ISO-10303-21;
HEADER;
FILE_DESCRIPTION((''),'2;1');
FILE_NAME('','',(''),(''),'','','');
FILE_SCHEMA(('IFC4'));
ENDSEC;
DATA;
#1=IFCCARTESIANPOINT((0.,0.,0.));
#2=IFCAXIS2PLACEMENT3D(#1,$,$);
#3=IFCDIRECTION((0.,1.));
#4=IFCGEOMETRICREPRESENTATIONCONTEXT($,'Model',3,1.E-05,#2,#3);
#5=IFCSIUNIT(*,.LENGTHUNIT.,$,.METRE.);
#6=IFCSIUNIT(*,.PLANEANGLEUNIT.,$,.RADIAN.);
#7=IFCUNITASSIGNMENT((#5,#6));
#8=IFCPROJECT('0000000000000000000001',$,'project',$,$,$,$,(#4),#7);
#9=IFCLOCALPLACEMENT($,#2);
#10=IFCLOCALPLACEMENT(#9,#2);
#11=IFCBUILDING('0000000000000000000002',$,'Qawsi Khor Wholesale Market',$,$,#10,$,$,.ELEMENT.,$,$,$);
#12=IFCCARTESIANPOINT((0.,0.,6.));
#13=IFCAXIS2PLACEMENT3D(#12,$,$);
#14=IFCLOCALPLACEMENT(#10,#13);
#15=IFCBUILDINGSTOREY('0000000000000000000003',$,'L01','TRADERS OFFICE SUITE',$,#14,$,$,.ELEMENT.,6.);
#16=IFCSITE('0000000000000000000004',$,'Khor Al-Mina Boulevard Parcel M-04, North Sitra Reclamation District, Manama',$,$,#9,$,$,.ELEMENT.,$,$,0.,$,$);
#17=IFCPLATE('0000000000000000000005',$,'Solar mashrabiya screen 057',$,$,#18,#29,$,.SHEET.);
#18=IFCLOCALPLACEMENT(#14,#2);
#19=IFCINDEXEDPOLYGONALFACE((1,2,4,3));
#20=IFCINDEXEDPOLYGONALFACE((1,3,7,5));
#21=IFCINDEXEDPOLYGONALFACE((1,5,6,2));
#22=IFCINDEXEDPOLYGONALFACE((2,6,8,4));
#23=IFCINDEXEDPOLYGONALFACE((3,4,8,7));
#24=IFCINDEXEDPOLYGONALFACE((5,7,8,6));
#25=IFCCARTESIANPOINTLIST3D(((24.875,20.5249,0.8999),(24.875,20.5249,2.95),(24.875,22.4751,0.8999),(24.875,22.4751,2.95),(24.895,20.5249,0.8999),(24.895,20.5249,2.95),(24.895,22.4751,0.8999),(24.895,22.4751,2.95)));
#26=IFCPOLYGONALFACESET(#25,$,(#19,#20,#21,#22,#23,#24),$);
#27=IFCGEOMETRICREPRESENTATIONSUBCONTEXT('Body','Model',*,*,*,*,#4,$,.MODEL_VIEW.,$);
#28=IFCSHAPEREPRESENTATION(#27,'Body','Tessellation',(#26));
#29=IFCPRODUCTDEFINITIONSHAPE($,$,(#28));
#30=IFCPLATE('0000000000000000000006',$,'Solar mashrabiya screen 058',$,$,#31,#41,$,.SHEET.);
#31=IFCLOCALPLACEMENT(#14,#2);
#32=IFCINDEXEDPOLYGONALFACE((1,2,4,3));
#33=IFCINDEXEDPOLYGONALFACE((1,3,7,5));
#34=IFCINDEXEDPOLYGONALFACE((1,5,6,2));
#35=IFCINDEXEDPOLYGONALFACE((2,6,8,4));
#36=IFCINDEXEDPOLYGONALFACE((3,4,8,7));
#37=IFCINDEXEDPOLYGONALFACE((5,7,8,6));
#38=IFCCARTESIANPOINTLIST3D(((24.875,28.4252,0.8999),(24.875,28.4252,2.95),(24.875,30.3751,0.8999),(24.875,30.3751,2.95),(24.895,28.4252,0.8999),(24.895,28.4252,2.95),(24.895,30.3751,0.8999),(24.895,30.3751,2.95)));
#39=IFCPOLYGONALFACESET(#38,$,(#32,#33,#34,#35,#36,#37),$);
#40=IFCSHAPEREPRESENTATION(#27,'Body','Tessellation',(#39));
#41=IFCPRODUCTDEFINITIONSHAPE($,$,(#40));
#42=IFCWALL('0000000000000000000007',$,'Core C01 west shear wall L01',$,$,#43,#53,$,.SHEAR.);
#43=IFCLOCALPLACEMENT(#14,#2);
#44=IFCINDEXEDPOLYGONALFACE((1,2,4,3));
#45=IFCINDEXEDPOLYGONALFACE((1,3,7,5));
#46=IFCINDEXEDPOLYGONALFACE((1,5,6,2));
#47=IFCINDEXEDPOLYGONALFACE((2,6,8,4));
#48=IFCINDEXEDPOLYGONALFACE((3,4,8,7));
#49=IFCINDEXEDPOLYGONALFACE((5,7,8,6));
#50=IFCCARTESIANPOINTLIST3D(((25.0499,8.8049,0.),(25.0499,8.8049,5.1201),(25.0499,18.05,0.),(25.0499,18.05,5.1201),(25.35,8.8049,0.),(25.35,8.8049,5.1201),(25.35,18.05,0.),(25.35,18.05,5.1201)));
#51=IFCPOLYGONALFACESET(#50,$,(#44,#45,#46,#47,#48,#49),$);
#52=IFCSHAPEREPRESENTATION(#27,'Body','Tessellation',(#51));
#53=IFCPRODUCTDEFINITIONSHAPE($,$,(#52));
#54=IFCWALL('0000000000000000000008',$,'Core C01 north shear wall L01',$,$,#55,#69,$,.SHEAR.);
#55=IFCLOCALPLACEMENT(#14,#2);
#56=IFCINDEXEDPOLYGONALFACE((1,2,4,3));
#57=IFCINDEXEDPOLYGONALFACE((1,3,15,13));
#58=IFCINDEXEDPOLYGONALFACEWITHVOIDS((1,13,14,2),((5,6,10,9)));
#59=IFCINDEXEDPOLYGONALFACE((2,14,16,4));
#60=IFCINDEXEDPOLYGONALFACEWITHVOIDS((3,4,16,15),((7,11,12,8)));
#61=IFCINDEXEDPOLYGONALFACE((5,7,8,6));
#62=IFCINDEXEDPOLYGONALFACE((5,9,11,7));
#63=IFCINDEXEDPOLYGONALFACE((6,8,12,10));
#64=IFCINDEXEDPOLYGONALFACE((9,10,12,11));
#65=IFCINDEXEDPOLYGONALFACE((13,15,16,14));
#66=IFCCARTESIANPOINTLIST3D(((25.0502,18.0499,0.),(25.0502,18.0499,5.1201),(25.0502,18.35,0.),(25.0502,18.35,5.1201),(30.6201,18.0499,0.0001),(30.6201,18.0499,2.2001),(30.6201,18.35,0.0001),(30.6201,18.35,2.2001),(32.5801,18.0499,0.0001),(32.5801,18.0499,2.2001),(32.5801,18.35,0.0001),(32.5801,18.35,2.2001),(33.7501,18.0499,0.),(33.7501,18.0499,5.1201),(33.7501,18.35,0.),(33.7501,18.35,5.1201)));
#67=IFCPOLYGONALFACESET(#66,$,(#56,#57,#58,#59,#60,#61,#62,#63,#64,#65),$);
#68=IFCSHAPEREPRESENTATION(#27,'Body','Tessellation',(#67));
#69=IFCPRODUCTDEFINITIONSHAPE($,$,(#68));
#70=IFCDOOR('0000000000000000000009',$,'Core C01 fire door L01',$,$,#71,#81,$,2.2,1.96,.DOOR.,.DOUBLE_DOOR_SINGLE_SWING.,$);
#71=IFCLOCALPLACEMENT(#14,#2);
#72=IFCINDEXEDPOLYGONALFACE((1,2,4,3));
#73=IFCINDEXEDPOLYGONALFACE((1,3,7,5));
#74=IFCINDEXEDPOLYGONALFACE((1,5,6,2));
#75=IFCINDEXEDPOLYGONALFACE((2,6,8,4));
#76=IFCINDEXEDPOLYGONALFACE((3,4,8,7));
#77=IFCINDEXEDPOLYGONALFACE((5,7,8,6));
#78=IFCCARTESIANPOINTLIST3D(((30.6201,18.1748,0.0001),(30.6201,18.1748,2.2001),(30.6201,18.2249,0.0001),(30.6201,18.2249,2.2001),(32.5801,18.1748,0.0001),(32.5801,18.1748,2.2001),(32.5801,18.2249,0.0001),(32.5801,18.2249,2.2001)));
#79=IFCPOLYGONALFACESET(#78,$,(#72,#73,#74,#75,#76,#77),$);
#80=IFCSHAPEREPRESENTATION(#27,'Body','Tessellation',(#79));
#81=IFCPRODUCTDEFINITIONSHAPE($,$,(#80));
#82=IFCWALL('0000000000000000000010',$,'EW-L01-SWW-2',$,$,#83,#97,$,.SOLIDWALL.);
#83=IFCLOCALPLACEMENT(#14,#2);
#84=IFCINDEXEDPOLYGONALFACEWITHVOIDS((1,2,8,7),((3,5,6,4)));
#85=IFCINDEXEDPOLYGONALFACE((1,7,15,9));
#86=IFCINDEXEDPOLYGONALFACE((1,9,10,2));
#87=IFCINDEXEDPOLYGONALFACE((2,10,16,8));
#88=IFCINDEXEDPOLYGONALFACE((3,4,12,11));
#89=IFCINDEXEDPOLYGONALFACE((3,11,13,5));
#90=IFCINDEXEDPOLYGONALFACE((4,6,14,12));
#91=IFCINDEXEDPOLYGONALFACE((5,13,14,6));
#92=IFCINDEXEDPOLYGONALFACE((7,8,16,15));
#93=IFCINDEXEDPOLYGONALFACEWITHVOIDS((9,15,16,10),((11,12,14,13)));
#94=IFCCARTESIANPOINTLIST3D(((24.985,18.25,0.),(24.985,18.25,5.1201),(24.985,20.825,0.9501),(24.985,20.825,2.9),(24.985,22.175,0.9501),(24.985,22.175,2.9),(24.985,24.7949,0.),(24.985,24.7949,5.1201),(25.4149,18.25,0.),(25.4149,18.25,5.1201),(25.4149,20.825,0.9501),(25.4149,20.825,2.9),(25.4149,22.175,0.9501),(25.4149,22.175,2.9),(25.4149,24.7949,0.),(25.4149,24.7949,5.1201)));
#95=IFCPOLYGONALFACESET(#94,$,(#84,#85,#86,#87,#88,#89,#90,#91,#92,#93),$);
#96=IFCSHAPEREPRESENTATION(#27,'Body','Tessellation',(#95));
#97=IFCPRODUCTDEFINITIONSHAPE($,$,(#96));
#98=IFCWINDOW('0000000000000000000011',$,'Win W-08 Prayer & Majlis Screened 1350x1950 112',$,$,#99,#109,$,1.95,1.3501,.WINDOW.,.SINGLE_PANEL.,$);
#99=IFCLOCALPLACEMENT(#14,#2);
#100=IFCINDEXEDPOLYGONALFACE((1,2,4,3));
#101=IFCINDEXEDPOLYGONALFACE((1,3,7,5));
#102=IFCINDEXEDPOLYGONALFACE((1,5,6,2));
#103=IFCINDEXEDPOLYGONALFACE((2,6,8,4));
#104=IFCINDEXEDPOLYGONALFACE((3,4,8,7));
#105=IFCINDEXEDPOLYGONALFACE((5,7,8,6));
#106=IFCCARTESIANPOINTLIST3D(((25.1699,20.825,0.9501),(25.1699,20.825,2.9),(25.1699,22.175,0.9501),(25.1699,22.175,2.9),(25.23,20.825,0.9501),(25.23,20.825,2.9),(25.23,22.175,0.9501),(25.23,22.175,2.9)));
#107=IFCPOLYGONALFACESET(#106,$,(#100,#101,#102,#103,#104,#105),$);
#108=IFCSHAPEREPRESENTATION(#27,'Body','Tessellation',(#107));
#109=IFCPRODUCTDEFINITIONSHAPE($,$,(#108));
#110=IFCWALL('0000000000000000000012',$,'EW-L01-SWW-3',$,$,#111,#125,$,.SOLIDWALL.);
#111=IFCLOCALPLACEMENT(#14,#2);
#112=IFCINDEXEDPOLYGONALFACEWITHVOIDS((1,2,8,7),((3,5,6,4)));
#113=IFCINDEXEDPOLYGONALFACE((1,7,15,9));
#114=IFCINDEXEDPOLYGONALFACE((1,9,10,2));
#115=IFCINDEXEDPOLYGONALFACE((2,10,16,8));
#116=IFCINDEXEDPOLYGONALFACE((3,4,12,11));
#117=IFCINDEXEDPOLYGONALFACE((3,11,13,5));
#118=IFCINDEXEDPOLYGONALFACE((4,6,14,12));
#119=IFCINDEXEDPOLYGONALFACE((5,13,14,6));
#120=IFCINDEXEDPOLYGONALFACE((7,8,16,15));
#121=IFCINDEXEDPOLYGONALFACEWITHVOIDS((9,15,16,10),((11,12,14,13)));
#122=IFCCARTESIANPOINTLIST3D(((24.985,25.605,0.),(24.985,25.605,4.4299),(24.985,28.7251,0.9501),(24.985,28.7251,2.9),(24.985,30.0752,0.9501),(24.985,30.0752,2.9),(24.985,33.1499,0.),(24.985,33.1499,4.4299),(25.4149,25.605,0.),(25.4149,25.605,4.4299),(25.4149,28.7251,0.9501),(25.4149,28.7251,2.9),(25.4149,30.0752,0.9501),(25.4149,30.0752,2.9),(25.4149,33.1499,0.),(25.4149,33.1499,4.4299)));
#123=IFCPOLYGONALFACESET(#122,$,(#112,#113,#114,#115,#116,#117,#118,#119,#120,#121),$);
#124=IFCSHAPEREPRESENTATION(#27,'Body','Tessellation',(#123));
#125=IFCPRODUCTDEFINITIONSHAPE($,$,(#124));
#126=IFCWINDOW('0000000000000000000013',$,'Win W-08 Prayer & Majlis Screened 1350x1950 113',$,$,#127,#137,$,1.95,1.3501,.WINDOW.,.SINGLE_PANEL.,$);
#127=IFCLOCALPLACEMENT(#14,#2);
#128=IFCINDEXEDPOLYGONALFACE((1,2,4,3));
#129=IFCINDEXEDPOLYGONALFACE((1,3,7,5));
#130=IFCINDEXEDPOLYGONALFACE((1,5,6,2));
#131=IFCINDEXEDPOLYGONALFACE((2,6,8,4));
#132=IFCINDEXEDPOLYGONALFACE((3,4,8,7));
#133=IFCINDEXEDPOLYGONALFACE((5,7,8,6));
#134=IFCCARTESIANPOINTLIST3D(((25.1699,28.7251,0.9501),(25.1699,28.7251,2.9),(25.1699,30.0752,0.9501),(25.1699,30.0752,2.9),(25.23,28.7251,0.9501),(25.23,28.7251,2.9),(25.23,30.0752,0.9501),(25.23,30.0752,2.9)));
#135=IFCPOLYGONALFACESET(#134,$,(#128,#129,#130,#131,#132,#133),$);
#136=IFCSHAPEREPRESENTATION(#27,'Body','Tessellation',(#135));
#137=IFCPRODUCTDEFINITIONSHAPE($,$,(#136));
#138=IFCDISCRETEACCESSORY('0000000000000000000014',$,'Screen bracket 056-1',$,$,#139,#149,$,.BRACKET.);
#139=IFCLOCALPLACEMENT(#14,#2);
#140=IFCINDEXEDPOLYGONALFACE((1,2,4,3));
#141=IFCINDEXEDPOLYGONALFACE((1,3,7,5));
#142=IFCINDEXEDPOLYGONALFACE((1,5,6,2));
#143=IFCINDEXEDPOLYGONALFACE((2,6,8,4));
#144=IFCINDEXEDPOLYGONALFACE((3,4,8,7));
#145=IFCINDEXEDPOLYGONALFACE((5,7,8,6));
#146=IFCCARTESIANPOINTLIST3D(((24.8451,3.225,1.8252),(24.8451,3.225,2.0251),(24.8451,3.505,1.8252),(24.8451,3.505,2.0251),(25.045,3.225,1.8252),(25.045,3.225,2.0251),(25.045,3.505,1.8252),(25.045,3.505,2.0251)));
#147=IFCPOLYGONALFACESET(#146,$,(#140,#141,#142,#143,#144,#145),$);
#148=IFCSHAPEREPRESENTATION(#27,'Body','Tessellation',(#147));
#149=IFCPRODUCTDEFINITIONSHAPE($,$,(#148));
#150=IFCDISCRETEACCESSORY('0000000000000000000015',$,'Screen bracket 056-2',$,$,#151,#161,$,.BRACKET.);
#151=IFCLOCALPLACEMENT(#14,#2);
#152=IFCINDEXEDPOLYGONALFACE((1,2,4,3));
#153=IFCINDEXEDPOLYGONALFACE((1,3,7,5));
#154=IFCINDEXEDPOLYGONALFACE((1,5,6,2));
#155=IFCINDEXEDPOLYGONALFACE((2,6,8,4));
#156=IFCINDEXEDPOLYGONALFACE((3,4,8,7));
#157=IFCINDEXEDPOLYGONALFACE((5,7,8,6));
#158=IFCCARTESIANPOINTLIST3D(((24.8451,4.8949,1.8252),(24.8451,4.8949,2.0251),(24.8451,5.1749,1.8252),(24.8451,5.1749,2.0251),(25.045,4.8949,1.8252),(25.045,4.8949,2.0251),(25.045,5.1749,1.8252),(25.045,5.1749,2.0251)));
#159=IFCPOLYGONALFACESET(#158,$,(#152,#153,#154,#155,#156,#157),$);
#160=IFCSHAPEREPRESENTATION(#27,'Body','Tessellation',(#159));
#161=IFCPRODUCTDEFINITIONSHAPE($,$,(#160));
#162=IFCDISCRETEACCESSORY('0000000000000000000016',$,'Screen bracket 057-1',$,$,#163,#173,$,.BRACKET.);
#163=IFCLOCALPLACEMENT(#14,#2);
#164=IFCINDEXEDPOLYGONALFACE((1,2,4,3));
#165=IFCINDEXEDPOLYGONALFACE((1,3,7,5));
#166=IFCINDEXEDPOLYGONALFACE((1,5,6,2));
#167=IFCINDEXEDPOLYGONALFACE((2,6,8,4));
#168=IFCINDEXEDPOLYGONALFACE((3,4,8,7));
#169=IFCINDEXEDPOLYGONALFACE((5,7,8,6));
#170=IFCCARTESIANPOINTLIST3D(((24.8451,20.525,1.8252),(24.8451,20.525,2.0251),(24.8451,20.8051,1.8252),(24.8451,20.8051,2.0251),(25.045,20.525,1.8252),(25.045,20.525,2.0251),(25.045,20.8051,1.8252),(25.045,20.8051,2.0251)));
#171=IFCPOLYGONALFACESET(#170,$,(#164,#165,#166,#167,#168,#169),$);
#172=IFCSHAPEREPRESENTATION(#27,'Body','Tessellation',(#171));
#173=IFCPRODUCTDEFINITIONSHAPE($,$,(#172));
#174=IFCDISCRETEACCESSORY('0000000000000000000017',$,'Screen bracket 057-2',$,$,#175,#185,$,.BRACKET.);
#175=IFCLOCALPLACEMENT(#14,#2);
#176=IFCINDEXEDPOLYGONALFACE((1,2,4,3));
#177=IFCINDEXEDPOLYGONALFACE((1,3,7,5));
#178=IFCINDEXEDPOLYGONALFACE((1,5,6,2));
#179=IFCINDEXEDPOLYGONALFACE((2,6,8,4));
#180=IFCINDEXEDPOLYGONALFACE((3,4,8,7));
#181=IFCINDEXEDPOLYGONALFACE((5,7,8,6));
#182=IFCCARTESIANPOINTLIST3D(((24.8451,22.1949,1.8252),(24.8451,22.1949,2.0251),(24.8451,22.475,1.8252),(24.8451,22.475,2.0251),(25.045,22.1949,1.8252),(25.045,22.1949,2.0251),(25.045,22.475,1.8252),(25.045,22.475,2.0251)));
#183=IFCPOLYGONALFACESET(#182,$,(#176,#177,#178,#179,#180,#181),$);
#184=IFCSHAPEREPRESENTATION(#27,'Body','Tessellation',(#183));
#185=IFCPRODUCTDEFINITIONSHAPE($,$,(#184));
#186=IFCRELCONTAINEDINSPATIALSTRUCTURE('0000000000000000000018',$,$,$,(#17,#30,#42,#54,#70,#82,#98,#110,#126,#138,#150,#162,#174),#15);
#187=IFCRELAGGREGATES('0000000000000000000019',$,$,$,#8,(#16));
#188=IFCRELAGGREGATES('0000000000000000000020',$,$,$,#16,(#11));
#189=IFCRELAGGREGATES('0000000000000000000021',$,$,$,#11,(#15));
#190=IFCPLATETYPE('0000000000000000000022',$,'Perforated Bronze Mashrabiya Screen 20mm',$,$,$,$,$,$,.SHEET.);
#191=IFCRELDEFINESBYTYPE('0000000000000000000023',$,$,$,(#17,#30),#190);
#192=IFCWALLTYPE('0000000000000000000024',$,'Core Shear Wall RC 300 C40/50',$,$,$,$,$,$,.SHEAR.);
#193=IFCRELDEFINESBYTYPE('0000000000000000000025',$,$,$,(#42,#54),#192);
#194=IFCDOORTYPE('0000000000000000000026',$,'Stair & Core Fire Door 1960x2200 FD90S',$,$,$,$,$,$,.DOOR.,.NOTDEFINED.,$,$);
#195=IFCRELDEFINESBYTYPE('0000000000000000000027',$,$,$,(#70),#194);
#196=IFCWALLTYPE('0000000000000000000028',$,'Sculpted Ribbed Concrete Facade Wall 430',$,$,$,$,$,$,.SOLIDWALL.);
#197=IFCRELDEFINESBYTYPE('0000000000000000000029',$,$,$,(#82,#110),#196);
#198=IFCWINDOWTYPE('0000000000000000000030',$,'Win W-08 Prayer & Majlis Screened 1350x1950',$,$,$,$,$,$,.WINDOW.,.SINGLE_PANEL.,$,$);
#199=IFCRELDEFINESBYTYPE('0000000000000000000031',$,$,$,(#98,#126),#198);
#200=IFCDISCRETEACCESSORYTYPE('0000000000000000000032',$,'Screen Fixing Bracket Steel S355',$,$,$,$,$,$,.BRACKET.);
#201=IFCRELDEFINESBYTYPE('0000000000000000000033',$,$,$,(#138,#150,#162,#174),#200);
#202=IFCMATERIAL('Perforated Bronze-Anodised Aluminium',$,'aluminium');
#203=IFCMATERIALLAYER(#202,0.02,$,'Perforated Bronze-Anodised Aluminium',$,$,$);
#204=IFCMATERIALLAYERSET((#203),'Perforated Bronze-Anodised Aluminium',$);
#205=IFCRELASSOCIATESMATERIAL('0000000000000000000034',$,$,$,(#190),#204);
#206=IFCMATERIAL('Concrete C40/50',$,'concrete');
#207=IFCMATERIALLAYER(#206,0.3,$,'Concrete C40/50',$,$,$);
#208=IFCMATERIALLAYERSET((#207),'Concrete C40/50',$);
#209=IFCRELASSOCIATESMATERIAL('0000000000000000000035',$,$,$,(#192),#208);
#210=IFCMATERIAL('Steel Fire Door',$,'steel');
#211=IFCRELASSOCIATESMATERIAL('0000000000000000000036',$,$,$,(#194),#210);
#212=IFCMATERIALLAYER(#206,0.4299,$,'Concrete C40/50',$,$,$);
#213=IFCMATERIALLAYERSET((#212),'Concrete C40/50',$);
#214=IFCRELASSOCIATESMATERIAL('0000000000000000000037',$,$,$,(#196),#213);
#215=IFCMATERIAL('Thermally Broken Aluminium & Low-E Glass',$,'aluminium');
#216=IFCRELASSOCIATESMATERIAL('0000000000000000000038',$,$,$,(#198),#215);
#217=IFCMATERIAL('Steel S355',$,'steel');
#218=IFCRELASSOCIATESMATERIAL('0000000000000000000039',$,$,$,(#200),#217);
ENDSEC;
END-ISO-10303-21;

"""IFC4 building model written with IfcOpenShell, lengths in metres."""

from ifc_helpers import new_model, si_unit, direction, frame, frame_2d, origin, origin_2d, place, context, subcontext, project, spatial, rectangle, extrude, material, layer, layer_set, type_object, element, fill, save


model = new_model("IFC4")

# Units and contexts
model_context = context("Model", 3, precision=1e-05, world=origin(), true_north=direction((0.0, 1.0)))
body_context = subcontext(model_context, "Body", "Model", "MODEL_VIEW")
ifc_project = project(units=[si_unit("LENGTHUNIT", "METRE"), si_unit("PLANEANGLEUNIT", "RADIAN")], contexts=[model_context])

# Site, building, storey
site_placement = place(None, origin())
site = spatial("IfcSite", under=ifc_project, at=site_placement, Name="Khor Al-Mina Boulevard Parcel M-04, North Sitra Reclamation District, Manama", CompositionType="ELEMENT", RefElevation=0.0)
building_placement = place(site_placement, origin())
building = spatial("IfcBuilding", under=site, at=building_placement, Name="Qawsi Khor Wholesale Market", CompositionType="ELEMENT")
storey_placement = place(building_placement, frame((0.0, 0.0, 6.0)))
storey = spatial("IfcBuildingStorey", under=building, at=storey_placement, Name="L01", Description="TRADERS OFFICE SUITE", CompositionType="ELEMENT", Elevation=6.0)

# Shared definitions
ifc_material_1 = material(Name="Concrete C40/50", Category="concrete")

# Shared definitions
ifc_material_2 = material(Name="Steel S355", Category="steel")

# Plates
ifc_material_3 = material(Name="Perforated Bronze-Anodised Aluminium", Category="aluminium")
ifc_layer_1 = layer(ifc_material_3, 0.02, Name="Perforated Bronze-Anodised Aluminium")
ifc_layer_set_1 = layer_set([ifc_layer_1], Name="Perforated Bronze-Anodised Aluminium")
plate_type = type_object("IfcPlateType", Name="Perforated Bronze Mashrabiya Screen 20mm", PredefinedType="SHEET", material=ifc_layer_set_1)
plate_1_placement = place(storey_placement, frame((24.885, 20.5249, 0.8999), z_axis=(0.0, 0.0, 1.0), x_axis=(0.0, 1.0, 0.0)))
element("IfcPlate", 1, at=plate_1_placement, inside=storey, type_object=plate_type, Name="Solar mashrabiya screen 057", PredefinedType="SHEET", context=body_context, shape_type="SweptSolid", body=[
    extrude(rectangle(XDim=1.9502, YDim=0.02, at=frame_2d((0.9751, 0.0))), origin(), (0.0, 0.0, 1.0), 2.05),
])
plate_2_placement = place(storey_placement, frame((24.885, 28.425, 0.8999), z_axis=(0.0, 0.0, 1.0), x_axis=(0.0, 1.0, 0.0)))
element("IfcPlate", 2, at=plate_2_placement, inside=storey, type_object=plate_type, Name="Solar mashrabiya screen 058", PredefinedType="SHEET", context=body_context, shape_type="SweptSolid", body=[
    extrude(rectangle(XDim=1.95, YDim=0.02, at=frame_2d((0.9751, 0.0))), origin(), (0.0, 0.0, 1.0), 2.05),
])

# Wall
ifc_layer_2 = layer(ifc_material_1, 0.3, Name="Concrete C40/50")
ifc_layer_set_2 = layer_set([ifc_layer_2], Name="Concrete C40/50")
wall_type_1 = type_object("IfcWallType", Name="Core Shear Wall RC 300 C40/50", PredefinedType="SHEAR", material=ifc_layer_set_2)
wall_1_placement = place(storey_placement, frame((25.2, 8.8049, 0.0), z_axis=(0.0, 0.0, 1.0), x_axis=(0.0, 1.0, 0.0)))
element("IfcWall", 3, at=wall_1_placement, inside=storey, type_object=wall_type_1, Name="Core C01 west shear wall L01", PredefinedType="SHEAR", context=body_context, shape_type="SweptSolid", body=[
    extrude(rectangle(XDim=9.2451, YDim=0.3, at=frame_2d((4.6226, 0.0))), origin(), (0.0, 0.0, 1.0), 5.1201),
])

# Wall, opening, door
wall_2_placement = place(storey_placement, frame((25.05, 18.2, 0.0), z_axis=(0.0, 0.0, 1.0), x_axis=(1.0, 0.0, 0.0)))
wall_2 = element("IfcWall", 4, at=wall_2_placement, inside=storey, type_object=wall_type_1, Name="Core C01 north shear wall L01", PredefinedType="SHEAR", context=body_context, shape_type="SweptSolid", body=[
    extrude(rectangle(XDim=8.7, YDim=0.3, at=frame_2d((4.3501, 0.0))), origin(), (0.0, 0.0, 1.0), 5.1201),
])
opening_1_placement = place(wall_2_placement, frame((5.5701, 0.0, 0.0)))
opening_1 = element("IfcOpeningElement", 5, at=opening_1_placement, cuts=wall_2, PredefinedType="OPENING", context=body_context, shape_type="SweptSolid", body=[
    extrude(rectangle(XDim=1.96, YDim=2.2, at=frame_2d((0.98, 1.1001))), frame((0.0, 0.1599, 0.0), z_axis=(0.0, -1.0, 0.0), x_axis=(1.0, 0.0, 0.0)), (0.0, 0.0, 1.0), 0.3201),
])
ifc_material_4 = material(Name="Steel Fire Door", Category="steel")
door_type = type_object("IfcDoorType", Name="Stair & Core Fire Door 1960x2200 FD90S", OperationType="NOTDEFINED", PredefinedType="DOOR", material=ifc_material_4)
door_placement = place(opening_1_placement, origin())
door = element("IfcDoor", 6, at=door_placement, inside=storey, type_object=door_type, Name="Core C01 fire door L01", OperationType="DOUBLE_DOOR_SINGLE_SWING", OverallHeight=2.2, OverallWidth=1.96, PredefinedType="DOOR", context=body_context, shape_type="SweptSolid", body=[
    extrude(rectangle(XDim=1.96, YDim=2.2, at=frame_2d((0.98, 1.1001))), frame((0.0, 0.0249, 0.0), z_axis=(0.0, -1.0, 0.0), x_axis=(1.0, 0.0, 0.0)), (0.0, 0.0, 1.0), 0.05),
])
fill(opening_1, door)

# Walls, openings, windows
ifc_layer_3 = layer(ifc_material_1, 0.4299, Name="Concrete C40/50")
ifc_layer_set_3 = layer_set([ifc_layer_3], Name="Concrete C40/50")
wall_type_2 = type_object("IfcWallType", Name="Sculpted Ribbed Concrete Facade Wall 430", PredefinedType="SOLIDWALL", material=ifc_layer_set_3)
wall_3_placement = place(storey_placement, frame((25.2, 18.25, 0.0), z_axis=(0.0, 0.0, 1.0), x_axis=(0.0, 1.0, 0.0)))
wall_3 = element("IfcWall", 7, at=wall_3_placement, inside=storey, type_object=wall_type_2, Name="EW-L01-SWW-2", PredefinedType="SOLIDWALL", context=body_context, shape_type="SweptSolid", body=[
    extrude(rectangle(XDim=6.5449, YDim=0.4299, at=frame_2d((3.2725, 0.0))), origin(), (0.0, 0.0, 1.0), 5.1201),
])
opening_2_placement = place(wall_3_placement, frame((2.575, 0.0, 0.95)))
opening_2 = element("IfcOpeningElement", 8, at=opening_2_placement, cuts=wall_3, PredefinedType="OPENING", context=body_context, shape_type="SweptSolid", body=[
    extrude(rectangle(XDim=1.3501, YDim=1.95, at=frame_2d((0.675, 0.9751))), frame((0.0, 0.2249, 0.0), z_axis=(0.0, -1.0, 0.0), x_axis=(1.0, 0.0, 0.0)), (0.0, 0.0, 1.0), 0.45),
])
ifc_material_5 = material(Name="Thermally Broken Aluminium & Low-E Glass", Category="aluminium")
window_type = type_object("IfcWindowType", Name="Win W-08 Prayer & Majlis Screened 1350x1950", PartitioningType="SINGLE_PANEL", PredefinedType="WINDOW", material=ifc_material_5)
window_1_placement = place(opening_2_placement, origin())
window_1 = element("IfcWindow", 9, at=window_1_placement, inside=storey, type_object=window_type, Name="Win W-08 Prayer & Majlis Screened 1350x1950 112", OverallHeight=1.95, OverallWidth=1.3501, PartitioningType="SINGLE_PANEL", PredefinedType="WINDOW", context=body_context, shape_type="SweptSolid", body=[
    extrude(rectangle(XDim=1.3501, YDim=1.95, at=frame_2d((0.675, 0.9751))), frame((0.0, 0.03, 0.0), z_axis=(0.0, -1.0, 0.0), x_axis=(1.0, 0.0, 0.0)), (0.0, 0.0, 1.0), 0.0601),
])
fill(opening_2, window_1)
wall_4_placement = place(storey_placement, frame((25.2, 25.605, 0.0), z_axis=(0.0, 0.0, 1.0), x_axis=(0.0, 1.0, 0.0)))
wall_4 = element("IfcWall", 10, at=wall_4_placement, inside=storey, type_object=wall_type_2, Name="EW-L01-SWW-3", PredefinedType="SOLIDWALL", context=body_context, shape_type="SweptSolid", body=[
    extrude(rectangle(XDim=7.5449, YDim=0.4299, at=frame_2d((3.7725, 0.0))), origin(), (0.0, 0.0, 1.0), 4.4299),
])
opening_3_placement = place(wall_4_placement, frame((3.1201, 0.0, 0.95)))
opening_3 = element("IfcOpeningElement", 11, at=opening_3_placement, cuts=wall_4, PredefinedType="OPENING", context=body_context, shape_type="SweptSolid", body=[
    extrude(rectangle(XDim=1.3501, YDim=1.95, at=frame_2d((0.675, 0.9751))), frame((0.0, 0.2249, 0.0), z_axis=(0.0, -1.0, 0.0), x_axis=(1.0, 0.0, 0.0)), (0.0, 0.0, 1.0), 0.45),
])
window_2_placement = place(opening_3_placement, origin())
window_2 = element("IfcWindow", 12, at=window_2_placement, inside=storey, type_object=window_type, Name="Win W-08 Prayer & Majlis Screened 1350x1950 113", OverallHeight=1.95, OverallWidth=1.3501, PartitioningType="SINGLE_PANEL", PredefinedType="WINDOW", context=body_context, shape_type="SweptSolid", body=[
    extrude(rectangle(XDim=1.3501, YDim=1.95, at=frame_2d((0.675, 0.9751))), frame((0.0, 0.03, 0.0), z_axis=(0.0, -1.0, 0.0), x_axis=(1.0, 0.0, 0.0)), (0.0, 0.0, 1.0), 0.0601),
])
fill(opening_3, window_2)

# Discrete accessories
discrete_accessory_type = type_object("IfcDiscreteAccessoryType", Name="Screen Fixing Bracket Steel S355", PredefinedType="BRACKET", material=ifc_material_2)
for number, where, z_axis, x_axis, name in (
    (13, (24.9451, 3.365, 1.8252), (0.0, 0.0, 1.0), (1.0, 0.0, 0.0), "Screen bracket 056-1"),
    (14, (24.9451, 5.0349, 1.8252), (0.0, 0.0, 1.0), (1.0, 0.0, 0.0), "Screen bracket 056-2"),
    (15, (24.9451, 20.665, 1.8252), (0.0, 0.0, 1.0), (1.0, 0.0, 0.0), "Screen bracket 057-1"),
    (16, (24.9451, 22.335, 1.8252), (0.0, 0.0, 1.0), (1.0, 0.0, 0.0), "Screen bracket 057-2"),
):
    element("IfcDiscreteAccessory", number, at=place(storey_placement, frame(where, z_axis=z_axis, x_axis=x_axis)), inside=storey, type_object=discrete_accessory_type, Name=name, PredefinedType="BRACKET", context=body_context, shape_type="SweptSolid", body=[
        extrude(rectangle(XDim=0.2, YDim=0.28, at=origin_2d()), origin(), (0.0, 0.0, 1.0), 0.2),
    ])

save(model, "model.ifc")
